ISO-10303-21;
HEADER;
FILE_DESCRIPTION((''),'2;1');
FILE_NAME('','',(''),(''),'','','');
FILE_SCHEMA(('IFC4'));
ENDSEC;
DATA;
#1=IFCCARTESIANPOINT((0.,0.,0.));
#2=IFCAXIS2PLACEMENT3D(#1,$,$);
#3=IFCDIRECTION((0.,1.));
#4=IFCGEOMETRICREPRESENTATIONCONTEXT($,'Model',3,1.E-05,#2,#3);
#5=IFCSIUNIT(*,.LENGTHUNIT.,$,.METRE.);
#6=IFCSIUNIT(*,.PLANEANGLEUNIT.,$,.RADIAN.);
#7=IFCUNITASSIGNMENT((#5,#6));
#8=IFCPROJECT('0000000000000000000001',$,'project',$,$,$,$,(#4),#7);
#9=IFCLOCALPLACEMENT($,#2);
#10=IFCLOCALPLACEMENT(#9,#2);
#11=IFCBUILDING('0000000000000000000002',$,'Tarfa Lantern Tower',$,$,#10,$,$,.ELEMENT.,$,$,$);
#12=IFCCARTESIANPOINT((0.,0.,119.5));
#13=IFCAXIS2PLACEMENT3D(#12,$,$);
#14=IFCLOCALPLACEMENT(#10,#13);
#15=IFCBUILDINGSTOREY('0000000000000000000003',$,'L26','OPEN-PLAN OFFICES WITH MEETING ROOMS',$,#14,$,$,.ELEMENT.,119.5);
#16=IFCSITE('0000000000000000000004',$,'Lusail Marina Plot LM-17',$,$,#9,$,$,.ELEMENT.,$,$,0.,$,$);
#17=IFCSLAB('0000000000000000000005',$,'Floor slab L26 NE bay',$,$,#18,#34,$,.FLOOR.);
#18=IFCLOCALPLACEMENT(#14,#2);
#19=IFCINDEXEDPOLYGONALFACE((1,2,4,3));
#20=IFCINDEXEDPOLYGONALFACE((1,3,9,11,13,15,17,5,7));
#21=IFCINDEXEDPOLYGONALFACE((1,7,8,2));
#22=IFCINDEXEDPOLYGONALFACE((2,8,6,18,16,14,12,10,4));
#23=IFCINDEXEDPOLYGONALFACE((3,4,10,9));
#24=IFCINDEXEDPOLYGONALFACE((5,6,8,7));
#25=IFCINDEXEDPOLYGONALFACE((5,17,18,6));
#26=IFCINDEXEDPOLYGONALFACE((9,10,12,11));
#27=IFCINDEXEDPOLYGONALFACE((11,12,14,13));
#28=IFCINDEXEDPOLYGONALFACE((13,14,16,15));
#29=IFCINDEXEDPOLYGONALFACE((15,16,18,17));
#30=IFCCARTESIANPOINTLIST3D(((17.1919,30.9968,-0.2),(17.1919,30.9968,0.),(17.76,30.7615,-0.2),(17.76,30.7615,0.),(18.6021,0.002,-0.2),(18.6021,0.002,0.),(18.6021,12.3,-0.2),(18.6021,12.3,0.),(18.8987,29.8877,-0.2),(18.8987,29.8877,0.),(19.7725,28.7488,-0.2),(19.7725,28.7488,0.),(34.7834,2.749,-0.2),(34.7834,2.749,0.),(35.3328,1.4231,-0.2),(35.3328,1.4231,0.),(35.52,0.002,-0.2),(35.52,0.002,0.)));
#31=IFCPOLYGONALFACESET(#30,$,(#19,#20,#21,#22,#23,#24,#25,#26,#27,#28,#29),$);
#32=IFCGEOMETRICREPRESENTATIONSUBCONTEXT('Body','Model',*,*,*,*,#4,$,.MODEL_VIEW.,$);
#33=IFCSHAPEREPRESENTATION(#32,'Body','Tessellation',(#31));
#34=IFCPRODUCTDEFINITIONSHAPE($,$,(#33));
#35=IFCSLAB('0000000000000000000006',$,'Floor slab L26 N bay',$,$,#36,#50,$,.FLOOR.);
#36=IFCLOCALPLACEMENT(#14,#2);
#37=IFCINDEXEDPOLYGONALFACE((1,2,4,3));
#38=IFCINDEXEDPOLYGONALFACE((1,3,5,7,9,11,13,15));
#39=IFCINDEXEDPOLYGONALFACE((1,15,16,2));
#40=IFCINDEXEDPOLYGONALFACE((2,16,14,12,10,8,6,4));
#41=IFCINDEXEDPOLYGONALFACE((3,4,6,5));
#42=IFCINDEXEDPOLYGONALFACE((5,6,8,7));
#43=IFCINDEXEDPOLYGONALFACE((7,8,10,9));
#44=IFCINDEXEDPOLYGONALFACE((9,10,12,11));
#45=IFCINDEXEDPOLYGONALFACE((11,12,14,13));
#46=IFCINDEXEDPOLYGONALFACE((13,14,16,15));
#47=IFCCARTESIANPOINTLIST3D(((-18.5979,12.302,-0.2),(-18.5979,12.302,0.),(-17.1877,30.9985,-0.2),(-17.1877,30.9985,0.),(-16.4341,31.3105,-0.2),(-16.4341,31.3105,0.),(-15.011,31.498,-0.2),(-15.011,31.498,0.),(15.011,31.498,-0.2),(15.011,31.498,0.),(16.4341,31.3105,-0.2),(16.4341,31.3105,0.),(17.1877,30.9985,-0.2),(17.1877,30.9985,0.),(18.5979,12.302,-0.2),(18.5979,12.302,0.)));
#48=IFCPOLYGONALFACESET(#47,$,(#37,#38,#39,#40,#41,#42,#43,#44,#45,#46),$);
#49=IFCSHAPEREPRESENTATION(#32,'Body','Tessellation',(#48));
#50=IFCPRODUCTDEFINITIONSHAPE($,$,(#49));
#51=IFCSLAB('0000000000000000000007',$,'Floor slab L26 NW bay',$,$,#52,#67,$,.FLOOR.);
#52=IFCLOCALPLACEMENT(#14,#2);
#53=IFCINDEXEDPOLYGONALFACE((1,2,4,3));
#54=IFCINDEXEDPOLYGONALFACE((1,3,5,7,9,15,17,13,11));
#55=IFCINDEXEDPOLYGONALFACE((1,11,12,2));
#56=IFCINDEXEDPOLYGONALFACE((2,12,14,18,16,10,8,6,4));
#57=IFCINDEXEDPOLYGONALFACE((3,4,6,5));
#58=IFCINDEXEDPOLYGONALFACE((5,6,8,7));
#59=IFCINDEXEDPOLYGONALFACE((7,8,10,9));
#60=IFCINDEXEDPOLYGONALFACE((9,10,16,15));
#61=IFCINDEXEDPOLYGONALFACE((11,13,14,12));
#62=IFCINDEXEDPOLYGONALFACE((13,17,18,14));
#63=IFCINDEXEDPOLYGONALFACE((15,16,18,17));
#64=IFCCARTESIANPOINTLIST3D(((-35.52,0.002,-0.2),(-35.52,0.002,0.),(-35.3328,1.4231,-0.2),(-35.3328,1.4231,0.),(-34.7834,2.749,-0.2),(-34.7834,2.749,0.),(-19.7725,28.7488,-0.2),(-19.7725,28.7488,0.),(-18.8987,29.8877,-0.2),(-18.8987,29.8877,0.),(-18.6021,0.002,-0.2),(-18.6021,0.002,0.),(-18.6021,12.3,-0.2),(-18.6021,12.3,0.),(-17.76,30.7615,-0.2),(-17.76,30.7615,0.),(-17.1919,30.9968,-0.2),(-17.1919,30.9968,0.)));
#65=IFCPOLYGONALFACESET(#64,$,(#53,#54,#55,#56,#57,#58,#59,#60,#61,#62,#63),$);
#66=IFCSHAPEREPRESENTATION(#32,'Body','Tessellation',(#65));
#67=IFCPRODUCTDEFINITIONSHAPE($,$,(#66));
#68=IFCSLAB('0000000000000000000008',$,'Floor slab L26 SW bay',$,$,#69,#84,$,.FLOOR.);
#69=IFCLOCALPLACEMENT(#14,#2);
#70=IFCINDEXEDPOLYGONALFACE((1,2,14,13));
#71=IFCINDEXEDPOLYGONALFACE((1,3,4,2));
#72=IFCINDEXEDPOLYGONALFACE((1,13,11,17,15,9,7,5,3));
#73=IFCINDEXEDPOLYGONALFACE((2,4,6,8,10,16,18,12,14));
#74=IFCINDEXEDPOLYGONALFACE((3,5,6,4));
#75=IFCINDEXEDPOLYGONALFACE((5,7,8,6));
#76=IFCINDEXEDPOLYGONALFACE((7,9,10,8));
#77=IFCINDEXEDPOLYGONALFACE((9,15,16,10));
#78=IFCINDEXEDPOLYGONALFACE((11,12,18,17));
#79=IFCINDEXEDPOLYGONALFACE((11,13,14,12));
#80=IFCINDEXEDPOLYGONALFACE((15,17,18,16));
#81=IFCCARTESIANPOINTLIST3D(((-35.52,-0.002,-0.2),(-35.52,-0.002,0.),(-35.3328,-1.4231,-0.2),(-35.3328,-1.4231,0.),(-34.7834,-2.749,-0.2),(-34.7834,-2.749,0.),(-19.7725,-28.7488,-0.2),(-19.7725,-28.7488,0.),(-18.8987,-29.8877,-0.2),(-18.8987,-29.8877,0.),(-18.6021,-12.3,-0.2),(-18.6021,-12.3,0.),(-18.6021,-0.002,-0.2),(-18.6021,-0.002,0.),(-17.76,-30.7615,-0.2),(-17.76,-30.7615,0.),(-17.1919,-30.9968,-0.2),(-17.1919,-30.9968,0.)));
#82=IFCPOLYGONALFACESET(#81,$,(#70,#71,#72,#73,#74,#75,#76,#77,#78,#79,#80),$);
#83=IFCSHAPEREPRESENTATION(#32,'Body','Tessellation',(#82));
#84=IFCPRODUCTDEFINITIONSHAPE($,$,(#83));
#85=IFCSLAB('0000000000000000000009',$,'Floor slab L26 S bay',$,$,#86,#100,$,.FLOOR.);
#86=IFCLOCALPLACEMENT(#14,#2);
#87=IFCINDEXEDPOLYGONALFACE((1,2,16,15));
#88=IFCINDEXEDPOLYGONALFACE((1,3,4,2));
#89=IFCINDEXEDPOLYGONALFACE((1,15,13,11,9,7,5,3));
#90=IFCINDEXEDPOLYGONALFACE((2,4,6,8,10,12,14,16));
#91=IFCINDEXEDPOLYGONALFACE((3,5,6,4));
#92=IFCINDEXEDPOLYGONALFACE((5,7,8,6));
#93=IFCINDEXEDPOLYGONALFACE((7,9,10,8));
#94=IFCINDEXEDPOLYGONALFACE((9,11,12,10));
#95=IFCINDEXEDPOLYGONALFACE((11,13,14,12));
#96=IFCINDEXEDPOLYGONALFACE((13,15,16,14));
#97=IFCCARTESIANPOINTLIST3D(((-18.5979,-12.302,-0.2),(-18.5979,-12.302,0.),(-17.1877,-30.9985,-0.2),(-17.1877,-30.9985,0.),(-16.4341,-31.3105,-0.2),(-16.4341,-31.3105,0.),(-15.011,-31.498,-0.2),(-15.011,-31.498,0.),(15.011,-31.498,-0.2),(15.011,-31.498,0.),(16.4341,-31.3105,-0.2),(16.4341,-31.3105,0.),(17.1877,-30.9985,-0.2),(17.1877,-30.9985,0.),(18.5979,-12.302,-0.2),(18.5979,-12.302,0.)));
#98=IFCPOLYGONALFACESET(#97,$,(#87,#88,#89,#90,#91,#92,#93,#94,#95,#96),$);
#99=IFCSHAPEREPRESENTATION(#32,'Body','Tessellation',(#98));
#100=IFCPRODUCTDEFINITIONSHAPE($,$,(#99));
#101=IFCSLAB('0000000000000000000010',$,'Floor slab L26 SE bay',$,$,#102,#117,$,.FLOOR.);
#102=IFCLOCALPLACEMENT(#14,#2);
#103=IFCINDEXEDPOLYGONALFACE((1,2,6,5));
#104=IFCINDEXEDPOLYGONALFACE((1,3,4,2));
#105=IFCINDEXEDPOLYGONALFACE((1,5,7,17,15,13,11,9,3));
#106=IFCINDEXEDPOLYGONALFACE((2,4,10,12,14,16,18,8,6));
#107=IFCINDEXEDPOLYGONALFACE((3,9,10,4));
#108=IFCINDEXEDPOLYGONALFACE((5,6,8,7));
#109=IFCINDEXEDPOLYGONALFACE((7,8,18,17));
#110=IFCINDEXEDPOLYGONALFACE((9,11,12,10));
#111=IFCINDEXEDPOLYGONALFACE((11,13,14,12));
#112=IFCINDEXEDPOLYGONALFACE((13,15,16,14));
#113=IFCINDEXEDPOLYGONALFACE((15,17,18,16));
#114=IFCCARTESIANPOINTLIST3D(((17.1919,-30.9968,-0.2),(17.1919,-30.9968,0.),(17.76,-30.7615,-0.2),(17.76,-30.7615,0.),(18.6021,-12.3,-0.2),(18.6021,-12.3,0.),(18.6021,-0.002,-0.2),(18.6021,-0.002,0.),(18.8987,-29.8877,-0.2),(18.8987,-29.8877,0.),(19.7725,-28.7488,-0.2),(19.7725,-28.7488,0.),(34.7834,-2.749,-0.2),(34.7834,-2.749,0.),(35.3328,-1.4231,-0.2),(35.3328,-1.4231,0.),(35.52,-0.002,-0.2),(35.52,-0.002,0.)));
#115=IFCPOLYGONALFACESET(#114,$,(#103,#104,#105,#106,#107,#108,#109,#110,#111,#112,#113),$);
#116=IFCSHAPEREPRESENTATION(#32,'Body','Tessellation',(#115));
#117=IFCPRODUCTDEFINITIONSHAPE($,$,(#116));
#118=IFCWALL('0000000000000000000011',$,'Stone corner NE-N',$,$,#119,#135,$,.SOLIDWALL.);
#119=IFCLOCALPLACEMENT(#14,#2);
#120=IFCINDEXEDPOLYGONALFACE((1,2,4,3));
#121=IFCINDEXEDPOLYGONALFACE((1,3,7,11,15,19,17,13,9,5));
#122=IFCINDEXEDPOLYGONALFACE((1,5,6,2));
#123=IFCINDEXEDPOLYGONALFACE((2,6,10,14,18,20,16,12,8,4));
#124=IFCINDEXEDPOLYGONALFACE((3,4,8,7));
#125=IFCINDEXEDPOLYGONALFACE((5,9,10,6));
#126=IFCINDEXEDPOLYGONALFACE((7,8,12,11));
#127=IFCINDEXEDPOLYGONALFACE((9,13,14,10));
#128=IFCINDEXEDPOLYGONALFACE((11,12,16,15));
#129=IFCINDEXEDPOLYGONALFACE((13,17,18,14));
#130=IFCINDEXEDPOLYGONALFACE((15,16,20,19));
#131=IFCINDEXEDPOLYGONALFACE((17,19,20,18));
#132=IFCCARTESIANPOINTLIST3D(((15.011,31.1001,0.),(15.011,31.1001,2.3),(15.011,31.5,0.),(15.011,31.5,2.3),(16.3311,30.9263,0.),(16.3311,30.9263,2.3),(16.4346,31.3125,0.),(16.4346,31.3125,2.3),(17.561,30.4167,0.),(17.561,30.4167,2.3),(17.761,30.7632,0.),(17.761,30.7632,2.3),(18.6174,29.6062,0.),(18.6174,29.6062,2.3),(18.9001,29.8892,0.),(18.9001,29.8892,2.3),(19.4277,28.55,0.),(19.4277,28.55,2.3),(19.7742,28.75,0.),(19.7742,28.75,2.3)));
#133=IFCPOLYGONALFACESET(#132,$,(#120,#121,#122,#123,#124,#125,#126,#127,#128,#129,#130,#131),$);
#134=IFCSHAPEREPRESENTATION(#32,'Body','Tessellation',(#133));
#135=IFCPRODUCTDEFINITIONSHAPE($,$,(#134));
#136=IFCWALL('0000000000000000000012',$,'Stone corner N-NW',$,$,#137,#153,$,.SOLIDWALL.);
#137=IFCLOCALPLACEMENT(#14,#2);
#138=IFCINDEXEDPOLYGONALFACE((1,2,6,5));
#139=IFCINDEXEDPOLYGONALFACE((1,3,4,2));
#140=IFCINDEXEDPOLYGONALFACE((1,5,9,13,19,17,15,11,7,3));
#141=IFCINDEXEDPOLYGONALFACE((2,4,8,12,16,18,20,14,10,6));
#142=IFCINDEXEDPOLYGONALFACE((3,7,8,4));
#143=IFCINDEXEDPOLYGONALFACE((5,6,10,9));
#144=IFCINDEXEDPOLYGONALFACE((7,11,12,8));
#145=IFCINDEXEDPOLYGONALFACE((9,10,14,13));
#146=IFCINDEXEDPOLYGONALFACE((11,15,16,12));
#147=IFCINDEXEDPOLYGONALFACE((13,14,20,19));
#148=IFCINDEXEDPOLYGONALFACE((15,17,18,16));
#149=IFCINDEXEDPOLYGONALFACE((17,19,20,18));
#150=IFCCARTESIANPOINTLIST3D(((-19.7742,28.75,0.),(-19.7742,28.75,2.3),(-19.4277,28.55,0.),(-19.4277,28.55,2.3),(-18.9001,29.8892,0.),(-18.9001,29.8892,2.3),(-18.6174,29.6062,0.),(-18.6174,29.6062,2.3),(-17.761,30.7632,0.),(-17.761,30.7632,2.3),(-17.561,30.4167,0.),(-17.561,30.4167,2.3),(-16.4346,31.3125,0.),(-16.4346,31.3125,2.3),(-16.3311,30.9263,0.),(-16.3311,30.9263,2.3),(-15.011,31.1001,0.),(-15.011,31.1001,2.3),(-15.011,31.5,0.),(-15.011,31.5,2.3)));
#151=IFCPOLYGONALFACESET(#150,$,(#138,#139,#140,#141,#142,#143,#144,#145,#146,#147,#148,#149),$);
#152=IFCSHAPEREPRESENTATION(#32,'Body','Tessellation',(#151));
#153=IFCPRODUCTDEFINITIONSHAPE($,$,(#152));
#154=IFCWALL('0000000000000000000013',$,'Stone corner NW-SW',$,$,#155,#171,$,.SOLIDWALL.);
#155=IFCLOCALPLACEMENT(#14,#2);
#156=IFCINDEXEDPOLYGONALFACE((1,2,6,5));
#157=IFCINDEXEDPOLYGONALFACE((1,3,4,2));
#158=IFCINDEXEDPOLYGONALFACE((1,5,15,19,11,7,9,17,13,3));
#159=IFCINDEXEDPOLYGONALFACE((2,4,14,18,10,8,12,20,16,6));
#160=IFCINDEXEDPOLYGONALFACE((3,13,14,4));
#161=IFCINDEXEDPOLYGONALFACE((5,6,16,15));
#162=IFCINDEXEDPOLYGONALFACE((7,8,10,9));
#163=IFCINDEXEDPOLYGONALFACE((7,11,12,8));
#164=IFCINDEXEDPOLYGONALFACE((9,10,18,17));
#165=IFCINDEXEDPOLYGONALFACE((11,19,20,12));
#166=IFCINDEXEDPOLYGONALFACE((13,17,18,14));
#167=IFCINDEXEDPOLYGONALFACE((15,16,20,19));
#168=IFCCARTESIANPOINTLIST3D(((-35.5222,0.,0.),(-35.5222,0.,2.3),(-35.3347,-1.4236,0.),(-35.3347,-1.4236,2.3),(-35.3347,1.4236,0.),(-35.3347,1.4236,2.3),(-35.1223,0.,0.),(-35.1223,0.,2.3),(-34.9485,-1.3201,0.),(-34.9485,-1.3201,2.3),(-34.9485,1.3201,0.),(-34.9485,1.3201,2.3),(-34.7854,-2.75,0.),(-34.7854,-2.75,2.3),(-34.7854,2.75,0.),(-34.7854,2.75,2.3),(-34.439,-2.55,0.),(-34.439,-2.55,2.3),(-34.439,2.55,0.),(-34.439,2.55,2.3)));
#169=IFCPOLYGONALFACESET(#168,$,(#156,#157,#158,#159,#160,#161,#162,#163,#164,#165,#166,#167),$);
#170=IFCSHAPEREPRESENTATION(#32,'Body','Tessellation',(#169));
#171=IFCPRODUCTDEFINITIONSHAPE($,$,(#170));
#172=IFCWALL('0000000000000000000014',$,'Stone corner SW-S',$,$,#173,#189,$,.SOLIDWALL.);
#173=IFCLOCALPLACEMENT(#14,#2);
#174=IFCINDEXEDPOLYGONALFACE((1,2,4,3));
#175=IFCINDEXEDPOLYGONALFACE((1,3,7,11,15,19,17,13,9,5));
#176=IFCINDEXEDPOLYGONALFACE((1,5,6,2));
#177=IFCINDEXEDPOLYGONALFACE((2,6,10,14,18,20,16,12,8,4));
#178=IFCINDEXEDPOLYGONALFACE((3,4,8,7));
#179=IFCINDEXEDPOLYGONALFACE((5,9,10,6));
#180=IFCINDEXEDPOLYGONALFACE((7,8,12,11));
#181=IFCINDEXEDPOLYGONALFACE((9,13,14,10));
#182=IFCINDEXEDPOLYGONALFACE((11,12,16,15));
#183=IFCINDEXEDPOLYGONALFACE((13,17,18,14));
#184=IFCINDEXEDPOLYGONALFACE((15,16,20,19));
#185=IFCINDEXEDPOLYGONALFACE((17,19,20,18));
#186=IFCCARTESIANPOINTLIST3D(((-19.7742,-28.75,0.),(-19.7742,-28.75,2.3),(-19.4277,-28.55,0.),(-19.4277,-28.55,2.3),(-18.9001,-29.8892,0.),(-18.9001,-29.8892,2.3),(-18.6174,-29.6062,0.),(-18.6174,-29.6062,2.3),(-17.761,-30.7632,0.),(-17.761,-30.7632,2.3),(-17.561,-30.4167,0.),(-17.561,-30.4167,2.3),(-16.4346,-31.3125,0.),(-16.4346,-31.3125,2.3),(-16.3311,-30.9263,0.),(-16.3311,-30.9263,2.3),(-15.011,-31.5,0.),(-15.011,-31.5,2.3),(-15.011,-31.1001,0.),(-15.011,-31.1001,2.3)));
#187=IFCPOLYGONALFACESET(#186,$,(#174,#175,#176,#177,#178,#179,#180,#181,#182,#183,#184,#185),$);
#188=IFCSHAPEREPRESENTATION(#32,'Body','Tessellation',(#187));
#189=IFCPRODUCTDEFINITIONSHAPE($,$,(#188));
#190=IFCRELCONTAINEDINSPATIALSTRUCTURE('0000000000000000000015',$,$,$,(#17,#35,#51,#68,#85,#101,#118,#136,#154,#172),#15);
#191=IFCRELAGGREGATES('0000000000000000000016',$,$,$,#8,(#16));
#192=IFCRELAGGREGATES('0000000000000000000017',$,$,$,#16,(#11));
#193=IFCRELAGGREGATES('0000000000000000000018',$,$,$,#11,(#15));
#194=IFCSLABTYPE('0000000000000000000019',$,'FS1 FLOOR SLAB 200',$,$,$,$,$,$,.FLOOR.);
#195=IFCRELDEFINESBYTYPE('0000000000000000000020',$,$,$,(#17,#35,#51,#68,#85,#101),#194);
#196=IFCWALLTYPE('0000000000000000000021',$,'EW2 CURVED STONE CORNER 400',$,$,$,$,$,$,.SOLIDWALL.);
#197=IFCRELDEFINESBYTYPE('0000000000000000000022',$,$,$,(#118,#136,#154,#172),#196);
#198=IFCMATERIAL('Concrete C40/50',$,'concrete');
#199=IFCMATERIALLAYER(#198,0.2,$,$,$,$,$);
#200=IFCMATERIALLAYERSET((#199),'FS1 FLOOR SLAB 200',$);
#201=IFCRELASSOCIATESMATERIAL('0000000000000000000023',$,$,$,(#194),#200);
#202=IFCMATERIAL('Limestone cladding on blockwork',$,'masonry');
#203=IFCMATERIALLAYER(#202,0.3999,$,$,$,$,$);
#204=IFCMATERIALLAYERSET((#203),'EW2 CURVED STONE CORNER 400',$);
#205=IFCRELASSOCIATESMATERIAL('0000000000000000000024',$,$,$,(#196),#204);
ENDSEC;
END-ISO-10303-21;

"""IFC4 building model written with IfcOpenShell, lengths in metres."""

from ifc_helpers import new_model, si_unit, direction, frame, origin, place, context, subcontext, project, spatial, polyline, outline, extrude, material, layer, layer_set, type_object, element, save


model = new_model("IFC4")

# Units and contexts
model_context = context("Model", 3, precision=1e-05, world=origin(), true_north=direction((0.0, 1.0)))
body_context = subcontext(model_context, "Body", "Model", "MODEL_VIEW")
ifc_project = project(units=[si_unit("LENGTHUNIT", "METRE"), si_unit("PLANEANGLEUNIT", "RADIAN")], contexts=[model_context])

# Site, building, storey
site_placement = place(None, origin())
site = spatial("IfcSite", under=ifc_project, at=site_placement, Name="Lusail Marina Plot LM-17", CompositionType="ELEMENT", RefElevation=0.0)
building_placement = place(site_placement, origin())
building = spatial("IfcBuilding", under=site, at=building_placement, Name="Tarfa Lantern Tower", CompositionType="ELEMENT")
storey_placement = place(building_placement, frame((0.0, 0.0, 119.5)))
storey = spatial("IfcBuildingStorey", under=building, at=storey_placement, Name="L26", Description="OPEN-PLAN OFFICES WITH MEETING ROOMS", CompositionType="ELEMENT", Elevation=119.5)

# Slabs
ifc_material_1 = material(Name="Concrete C40/50", Category="concrete")
ifc_layer_1 = layer(ifc_material_1, 0.2)
ifc_layer_set_1 = layer_set([ifc_layer_1], Name="FS1 FLOOR SLAB 200")
slab_type_1 = type_object("IfcSlabType", Name="FS1 FLOOR SLAB 200", PredefinedType="FLOOR", material=ifc_layer_set_1)
slab_1_placement = place(storey_placement, frame((0.0, 0.0, -0.2)))
element("IfcSlab", 1, at=slab_1_placement, inside=storey, type_object=slab_type_1, Name="Floor slab L26 NE bay", PredefinedType="FLOOR", context=body_context, shape_type="SweptSolid", body=[
    extrude(outline(polyline([(34.7834, 2.749), (19.7725, 28.7488), (18.8987, 29.8877), (17.76, 30.7615), (17.1919, 30.9968), (18.6021, 12.3), (18.6021, 0.002), (35.52, 0.002), (35.3328, 1.4231), (34.7834, 2.749)])), origin(), (0.0, 0.0, 1.0), 0.2),
])
slab_2_placement = place(storey_placement, frame((0.0, 0.0, -0.2)))
element("IfcSlab", 2, at=slab_2_placement, inside=storey, type_object=slab_type_1, Name="Floor slab L26 N bay", PredefinedType="FLOOR", context=body_context, shape_type="SweptSolid", body=[
    extrude(outline(polyline([(-18.5979, 12.302), (18.5979, 12.302), (17.1877, 30.9985), (16.4341, 31.3105), (15.011, 31.498), (-15.011, 31.498), (-16.4341, 31.3105), (-17.1877, 30.9985), (-18.5979, 12.302)])), origin(), (0.0, 0.0, 1.0), 0.2),
])
slab_3_placement = place(storey_placement, frame((0.0, 0.0, -0.2)))
element("IfcSlab", 3, at=slab_3_placement, inside=storey, type_object=slab_type_1, Name="Floor slab L26 NW bay", PredefinedType="FLOOR", context=body_context, shape_type="SweptSolid", body=[
    extrude(outline(polyline([(-18.6021, 0.002), (-18.6021, 12.3), (-17.1919, 30.9968), (-17.76, 30.7615), (-18.8987, 29.8877), (-19.7725, 28.7488), (-34.7834, 2.749), (-35.3328, 1.4231), (-35.52, 0.002), (-18.6021, 0.002)])), origin(), (0.0, 0.0, 1.0), 0.2),
])
slab_4_placement = place(storey_placement, frame((0.0, 0.0, -0.2)))
element("IfcSlab", 4, at=slab_4_placement, inside=storey, type_object=slab_type_1, Name="Floor slab L26 SW bay", PredefinedType="FLOOR", context=body_context, shape_type="SweptSolid", body=[
    extrude(outline(polyline([(-18.6021, -12.3), (-18.6021, -0.002), (-35.52, -0.002), (-35.3328, -1.4231), (-34.7834, -2.749), (-19.7725, -28.7488), (-18.8987, -29.8877), (-17.76, -30.7615), (-17.1919, -30.9968), (-18.6021, -12.3)])), origin(), (0.0, 0.0, 1.0), 0.2),
])
slab_5_placement = place(storey_placement, frame((0.0, 0.0, -0.2)))
element("IfcSlab", 5, at=slab_5_placement, inside=storey, type_object=slab_type_1, Name="Floor slab L26 S bay", PredefinedType="FLOOR", context=body_context, shape_type="SweptSolid", body=[
    extrude(outline(polyline([(18.5979, -12.302), (-18.5979, -12.302), (-17.1877, -30.9985), (-16.4341, -31.3105), (-15.011, -31.498), (15.011, -31.498), (16.4341, -31.3105), (17.1877, -30.9985), (18.5979, -12.302)])), origin(), (0.0, 0.0, 1.0), 0.2),
])
slab_6_placement = place(storey_placement, frame((0.0, 0.0, -0.2)))
element("IfcSlab", 6, at=slab_6_placement, inside=storey, type_object=slab_type_1, Name="Floor slab L26 SE bay", PredefinedType="FLOOR", context=body_context, shape_type="SweptSolid", body=[
    extrude(outline(polyline([(18.6021, -0.002), (18.6021, -12.3), (17.1919, -30.9968), (17.76, -30.7615), (18.8987, -29.8877), (19.7725, -28.7488), (34.7834, -2.749), (35.3328, -1.4231), (35.52, -0.002), (18.6021, -0.002)])), origin(), (0.0, 0.0, 1.0), 0.2),
])

# Walls
ifc_material_2 = material(Name="Limestone cladding on blockwork", Category="masonry")
ifc_layer_2 = layer(ifc_material_2, 0.3999)
ifc_layer_set_2 = layer_set([ifc_layer_2], Name="EW2 CURVED STONE CORNER 400")
wall_type_1 = type_object("IfcWallType", Name="EW2 CURVED STONE CORNER 400", PredefinedType="SOLIDWALL", material=ifc_layer_set_2)
wall_1_placement = place(storey_placement, origin())
element("IfcWall", 7, at=wall_1_placement, inside=storey, type_object=wall_type_1, Name="Stone corner NE-N", PredefinedType="SOLIDWALL", context=body_context, shape_type="SweptSolid", body=[
    extrude(outline(polyline([(19.7742, 28.75), (18.9001, 29.8892), (17.761, 30.7632), (16.4346, 31.3125), (15.011, 31.5), (15.011, 31.1001), (16.3311, 30.9263), (17.561, 30.4167), (18.6174, 29.6062), (19.4277, 28.55), (19.7742, 28.75)])), origin(), (0.0, 0.0, 1.0), 2.3),
])
wall_2_placement = place(storey_placement, origin())
element("IfcWall", 8, at=wall_2_placement, inside=storey, type_object=wall_type_1, Name="Stone corner N-NW", PredefinedType="SOLIDWALL", context=body_context, shape_type="SweptSolid", body=[
    extrude(outline(polyline([(-15.011, 31.5), (-16.4346, 31.3125), (-17.761, 30.7632), (-18.9001, 29.8892), (-19.7742, 28.75), (-19.4277, 28.55), (-18.6174, 29.6062), (-17.561, 30.4167), (-16.3311, 30.9263), (-15.011, 31.1001), (-15.011, 31.5)])), origin(), (0.0, 0.0, 1.0), 2.3),
])
wall_3_placement = place(storey_placement, origin())
element("IfcWall", 9, at=wall_3_placement, inside=storey, type_object=wall_type_1, Name="Stone corner NW-SW", PredefinedType="SOLIDWALL", context=body_context, shape_type="SweptSolid", body=[
    extrude(outline(polyline([(-34.7854, 2.75), (-35.3347, 1.4236), (-35.5222, 0.0), (-35.3347, -1.4236), (-34.7854, -2.75), (-34.439, -2.55), (-34.9485, -1.3201), (-35.1223, 0.0), (-34.9485, 1.3201), (-34.439, 2.55), (-34.7854, 2.75)])), origin(), (0.0, 0.0, 1.0), 2.3),
])
wall_4_placement = place(storey_placement, origin())
element("IfcWall", 10, at=wall_4_placement, inside=storey, type_object=wall_type_1, Name="Stone corner SW-S", PredefinedType="SOLIDWALL", context=body_context, shape_type="SweptSolid", body=[
    extrude(outline(polyline([(-19.7742, -28.75), (-18.9001, -29.8892), (-17.761, -30.7632), (-16.4346, -31.3125), (-15.011, -31.5), (-15.011, -31.1001), (-16.3311, -30.9263), (-17.561, -30.4167), (-18.6174, -29.6062), (-19.4277, -28.55), (-19.7742, -28.75)])), origin(), (0.0, 0.0, 1.0), 2.3),
])

save(model, "model.ifc")
